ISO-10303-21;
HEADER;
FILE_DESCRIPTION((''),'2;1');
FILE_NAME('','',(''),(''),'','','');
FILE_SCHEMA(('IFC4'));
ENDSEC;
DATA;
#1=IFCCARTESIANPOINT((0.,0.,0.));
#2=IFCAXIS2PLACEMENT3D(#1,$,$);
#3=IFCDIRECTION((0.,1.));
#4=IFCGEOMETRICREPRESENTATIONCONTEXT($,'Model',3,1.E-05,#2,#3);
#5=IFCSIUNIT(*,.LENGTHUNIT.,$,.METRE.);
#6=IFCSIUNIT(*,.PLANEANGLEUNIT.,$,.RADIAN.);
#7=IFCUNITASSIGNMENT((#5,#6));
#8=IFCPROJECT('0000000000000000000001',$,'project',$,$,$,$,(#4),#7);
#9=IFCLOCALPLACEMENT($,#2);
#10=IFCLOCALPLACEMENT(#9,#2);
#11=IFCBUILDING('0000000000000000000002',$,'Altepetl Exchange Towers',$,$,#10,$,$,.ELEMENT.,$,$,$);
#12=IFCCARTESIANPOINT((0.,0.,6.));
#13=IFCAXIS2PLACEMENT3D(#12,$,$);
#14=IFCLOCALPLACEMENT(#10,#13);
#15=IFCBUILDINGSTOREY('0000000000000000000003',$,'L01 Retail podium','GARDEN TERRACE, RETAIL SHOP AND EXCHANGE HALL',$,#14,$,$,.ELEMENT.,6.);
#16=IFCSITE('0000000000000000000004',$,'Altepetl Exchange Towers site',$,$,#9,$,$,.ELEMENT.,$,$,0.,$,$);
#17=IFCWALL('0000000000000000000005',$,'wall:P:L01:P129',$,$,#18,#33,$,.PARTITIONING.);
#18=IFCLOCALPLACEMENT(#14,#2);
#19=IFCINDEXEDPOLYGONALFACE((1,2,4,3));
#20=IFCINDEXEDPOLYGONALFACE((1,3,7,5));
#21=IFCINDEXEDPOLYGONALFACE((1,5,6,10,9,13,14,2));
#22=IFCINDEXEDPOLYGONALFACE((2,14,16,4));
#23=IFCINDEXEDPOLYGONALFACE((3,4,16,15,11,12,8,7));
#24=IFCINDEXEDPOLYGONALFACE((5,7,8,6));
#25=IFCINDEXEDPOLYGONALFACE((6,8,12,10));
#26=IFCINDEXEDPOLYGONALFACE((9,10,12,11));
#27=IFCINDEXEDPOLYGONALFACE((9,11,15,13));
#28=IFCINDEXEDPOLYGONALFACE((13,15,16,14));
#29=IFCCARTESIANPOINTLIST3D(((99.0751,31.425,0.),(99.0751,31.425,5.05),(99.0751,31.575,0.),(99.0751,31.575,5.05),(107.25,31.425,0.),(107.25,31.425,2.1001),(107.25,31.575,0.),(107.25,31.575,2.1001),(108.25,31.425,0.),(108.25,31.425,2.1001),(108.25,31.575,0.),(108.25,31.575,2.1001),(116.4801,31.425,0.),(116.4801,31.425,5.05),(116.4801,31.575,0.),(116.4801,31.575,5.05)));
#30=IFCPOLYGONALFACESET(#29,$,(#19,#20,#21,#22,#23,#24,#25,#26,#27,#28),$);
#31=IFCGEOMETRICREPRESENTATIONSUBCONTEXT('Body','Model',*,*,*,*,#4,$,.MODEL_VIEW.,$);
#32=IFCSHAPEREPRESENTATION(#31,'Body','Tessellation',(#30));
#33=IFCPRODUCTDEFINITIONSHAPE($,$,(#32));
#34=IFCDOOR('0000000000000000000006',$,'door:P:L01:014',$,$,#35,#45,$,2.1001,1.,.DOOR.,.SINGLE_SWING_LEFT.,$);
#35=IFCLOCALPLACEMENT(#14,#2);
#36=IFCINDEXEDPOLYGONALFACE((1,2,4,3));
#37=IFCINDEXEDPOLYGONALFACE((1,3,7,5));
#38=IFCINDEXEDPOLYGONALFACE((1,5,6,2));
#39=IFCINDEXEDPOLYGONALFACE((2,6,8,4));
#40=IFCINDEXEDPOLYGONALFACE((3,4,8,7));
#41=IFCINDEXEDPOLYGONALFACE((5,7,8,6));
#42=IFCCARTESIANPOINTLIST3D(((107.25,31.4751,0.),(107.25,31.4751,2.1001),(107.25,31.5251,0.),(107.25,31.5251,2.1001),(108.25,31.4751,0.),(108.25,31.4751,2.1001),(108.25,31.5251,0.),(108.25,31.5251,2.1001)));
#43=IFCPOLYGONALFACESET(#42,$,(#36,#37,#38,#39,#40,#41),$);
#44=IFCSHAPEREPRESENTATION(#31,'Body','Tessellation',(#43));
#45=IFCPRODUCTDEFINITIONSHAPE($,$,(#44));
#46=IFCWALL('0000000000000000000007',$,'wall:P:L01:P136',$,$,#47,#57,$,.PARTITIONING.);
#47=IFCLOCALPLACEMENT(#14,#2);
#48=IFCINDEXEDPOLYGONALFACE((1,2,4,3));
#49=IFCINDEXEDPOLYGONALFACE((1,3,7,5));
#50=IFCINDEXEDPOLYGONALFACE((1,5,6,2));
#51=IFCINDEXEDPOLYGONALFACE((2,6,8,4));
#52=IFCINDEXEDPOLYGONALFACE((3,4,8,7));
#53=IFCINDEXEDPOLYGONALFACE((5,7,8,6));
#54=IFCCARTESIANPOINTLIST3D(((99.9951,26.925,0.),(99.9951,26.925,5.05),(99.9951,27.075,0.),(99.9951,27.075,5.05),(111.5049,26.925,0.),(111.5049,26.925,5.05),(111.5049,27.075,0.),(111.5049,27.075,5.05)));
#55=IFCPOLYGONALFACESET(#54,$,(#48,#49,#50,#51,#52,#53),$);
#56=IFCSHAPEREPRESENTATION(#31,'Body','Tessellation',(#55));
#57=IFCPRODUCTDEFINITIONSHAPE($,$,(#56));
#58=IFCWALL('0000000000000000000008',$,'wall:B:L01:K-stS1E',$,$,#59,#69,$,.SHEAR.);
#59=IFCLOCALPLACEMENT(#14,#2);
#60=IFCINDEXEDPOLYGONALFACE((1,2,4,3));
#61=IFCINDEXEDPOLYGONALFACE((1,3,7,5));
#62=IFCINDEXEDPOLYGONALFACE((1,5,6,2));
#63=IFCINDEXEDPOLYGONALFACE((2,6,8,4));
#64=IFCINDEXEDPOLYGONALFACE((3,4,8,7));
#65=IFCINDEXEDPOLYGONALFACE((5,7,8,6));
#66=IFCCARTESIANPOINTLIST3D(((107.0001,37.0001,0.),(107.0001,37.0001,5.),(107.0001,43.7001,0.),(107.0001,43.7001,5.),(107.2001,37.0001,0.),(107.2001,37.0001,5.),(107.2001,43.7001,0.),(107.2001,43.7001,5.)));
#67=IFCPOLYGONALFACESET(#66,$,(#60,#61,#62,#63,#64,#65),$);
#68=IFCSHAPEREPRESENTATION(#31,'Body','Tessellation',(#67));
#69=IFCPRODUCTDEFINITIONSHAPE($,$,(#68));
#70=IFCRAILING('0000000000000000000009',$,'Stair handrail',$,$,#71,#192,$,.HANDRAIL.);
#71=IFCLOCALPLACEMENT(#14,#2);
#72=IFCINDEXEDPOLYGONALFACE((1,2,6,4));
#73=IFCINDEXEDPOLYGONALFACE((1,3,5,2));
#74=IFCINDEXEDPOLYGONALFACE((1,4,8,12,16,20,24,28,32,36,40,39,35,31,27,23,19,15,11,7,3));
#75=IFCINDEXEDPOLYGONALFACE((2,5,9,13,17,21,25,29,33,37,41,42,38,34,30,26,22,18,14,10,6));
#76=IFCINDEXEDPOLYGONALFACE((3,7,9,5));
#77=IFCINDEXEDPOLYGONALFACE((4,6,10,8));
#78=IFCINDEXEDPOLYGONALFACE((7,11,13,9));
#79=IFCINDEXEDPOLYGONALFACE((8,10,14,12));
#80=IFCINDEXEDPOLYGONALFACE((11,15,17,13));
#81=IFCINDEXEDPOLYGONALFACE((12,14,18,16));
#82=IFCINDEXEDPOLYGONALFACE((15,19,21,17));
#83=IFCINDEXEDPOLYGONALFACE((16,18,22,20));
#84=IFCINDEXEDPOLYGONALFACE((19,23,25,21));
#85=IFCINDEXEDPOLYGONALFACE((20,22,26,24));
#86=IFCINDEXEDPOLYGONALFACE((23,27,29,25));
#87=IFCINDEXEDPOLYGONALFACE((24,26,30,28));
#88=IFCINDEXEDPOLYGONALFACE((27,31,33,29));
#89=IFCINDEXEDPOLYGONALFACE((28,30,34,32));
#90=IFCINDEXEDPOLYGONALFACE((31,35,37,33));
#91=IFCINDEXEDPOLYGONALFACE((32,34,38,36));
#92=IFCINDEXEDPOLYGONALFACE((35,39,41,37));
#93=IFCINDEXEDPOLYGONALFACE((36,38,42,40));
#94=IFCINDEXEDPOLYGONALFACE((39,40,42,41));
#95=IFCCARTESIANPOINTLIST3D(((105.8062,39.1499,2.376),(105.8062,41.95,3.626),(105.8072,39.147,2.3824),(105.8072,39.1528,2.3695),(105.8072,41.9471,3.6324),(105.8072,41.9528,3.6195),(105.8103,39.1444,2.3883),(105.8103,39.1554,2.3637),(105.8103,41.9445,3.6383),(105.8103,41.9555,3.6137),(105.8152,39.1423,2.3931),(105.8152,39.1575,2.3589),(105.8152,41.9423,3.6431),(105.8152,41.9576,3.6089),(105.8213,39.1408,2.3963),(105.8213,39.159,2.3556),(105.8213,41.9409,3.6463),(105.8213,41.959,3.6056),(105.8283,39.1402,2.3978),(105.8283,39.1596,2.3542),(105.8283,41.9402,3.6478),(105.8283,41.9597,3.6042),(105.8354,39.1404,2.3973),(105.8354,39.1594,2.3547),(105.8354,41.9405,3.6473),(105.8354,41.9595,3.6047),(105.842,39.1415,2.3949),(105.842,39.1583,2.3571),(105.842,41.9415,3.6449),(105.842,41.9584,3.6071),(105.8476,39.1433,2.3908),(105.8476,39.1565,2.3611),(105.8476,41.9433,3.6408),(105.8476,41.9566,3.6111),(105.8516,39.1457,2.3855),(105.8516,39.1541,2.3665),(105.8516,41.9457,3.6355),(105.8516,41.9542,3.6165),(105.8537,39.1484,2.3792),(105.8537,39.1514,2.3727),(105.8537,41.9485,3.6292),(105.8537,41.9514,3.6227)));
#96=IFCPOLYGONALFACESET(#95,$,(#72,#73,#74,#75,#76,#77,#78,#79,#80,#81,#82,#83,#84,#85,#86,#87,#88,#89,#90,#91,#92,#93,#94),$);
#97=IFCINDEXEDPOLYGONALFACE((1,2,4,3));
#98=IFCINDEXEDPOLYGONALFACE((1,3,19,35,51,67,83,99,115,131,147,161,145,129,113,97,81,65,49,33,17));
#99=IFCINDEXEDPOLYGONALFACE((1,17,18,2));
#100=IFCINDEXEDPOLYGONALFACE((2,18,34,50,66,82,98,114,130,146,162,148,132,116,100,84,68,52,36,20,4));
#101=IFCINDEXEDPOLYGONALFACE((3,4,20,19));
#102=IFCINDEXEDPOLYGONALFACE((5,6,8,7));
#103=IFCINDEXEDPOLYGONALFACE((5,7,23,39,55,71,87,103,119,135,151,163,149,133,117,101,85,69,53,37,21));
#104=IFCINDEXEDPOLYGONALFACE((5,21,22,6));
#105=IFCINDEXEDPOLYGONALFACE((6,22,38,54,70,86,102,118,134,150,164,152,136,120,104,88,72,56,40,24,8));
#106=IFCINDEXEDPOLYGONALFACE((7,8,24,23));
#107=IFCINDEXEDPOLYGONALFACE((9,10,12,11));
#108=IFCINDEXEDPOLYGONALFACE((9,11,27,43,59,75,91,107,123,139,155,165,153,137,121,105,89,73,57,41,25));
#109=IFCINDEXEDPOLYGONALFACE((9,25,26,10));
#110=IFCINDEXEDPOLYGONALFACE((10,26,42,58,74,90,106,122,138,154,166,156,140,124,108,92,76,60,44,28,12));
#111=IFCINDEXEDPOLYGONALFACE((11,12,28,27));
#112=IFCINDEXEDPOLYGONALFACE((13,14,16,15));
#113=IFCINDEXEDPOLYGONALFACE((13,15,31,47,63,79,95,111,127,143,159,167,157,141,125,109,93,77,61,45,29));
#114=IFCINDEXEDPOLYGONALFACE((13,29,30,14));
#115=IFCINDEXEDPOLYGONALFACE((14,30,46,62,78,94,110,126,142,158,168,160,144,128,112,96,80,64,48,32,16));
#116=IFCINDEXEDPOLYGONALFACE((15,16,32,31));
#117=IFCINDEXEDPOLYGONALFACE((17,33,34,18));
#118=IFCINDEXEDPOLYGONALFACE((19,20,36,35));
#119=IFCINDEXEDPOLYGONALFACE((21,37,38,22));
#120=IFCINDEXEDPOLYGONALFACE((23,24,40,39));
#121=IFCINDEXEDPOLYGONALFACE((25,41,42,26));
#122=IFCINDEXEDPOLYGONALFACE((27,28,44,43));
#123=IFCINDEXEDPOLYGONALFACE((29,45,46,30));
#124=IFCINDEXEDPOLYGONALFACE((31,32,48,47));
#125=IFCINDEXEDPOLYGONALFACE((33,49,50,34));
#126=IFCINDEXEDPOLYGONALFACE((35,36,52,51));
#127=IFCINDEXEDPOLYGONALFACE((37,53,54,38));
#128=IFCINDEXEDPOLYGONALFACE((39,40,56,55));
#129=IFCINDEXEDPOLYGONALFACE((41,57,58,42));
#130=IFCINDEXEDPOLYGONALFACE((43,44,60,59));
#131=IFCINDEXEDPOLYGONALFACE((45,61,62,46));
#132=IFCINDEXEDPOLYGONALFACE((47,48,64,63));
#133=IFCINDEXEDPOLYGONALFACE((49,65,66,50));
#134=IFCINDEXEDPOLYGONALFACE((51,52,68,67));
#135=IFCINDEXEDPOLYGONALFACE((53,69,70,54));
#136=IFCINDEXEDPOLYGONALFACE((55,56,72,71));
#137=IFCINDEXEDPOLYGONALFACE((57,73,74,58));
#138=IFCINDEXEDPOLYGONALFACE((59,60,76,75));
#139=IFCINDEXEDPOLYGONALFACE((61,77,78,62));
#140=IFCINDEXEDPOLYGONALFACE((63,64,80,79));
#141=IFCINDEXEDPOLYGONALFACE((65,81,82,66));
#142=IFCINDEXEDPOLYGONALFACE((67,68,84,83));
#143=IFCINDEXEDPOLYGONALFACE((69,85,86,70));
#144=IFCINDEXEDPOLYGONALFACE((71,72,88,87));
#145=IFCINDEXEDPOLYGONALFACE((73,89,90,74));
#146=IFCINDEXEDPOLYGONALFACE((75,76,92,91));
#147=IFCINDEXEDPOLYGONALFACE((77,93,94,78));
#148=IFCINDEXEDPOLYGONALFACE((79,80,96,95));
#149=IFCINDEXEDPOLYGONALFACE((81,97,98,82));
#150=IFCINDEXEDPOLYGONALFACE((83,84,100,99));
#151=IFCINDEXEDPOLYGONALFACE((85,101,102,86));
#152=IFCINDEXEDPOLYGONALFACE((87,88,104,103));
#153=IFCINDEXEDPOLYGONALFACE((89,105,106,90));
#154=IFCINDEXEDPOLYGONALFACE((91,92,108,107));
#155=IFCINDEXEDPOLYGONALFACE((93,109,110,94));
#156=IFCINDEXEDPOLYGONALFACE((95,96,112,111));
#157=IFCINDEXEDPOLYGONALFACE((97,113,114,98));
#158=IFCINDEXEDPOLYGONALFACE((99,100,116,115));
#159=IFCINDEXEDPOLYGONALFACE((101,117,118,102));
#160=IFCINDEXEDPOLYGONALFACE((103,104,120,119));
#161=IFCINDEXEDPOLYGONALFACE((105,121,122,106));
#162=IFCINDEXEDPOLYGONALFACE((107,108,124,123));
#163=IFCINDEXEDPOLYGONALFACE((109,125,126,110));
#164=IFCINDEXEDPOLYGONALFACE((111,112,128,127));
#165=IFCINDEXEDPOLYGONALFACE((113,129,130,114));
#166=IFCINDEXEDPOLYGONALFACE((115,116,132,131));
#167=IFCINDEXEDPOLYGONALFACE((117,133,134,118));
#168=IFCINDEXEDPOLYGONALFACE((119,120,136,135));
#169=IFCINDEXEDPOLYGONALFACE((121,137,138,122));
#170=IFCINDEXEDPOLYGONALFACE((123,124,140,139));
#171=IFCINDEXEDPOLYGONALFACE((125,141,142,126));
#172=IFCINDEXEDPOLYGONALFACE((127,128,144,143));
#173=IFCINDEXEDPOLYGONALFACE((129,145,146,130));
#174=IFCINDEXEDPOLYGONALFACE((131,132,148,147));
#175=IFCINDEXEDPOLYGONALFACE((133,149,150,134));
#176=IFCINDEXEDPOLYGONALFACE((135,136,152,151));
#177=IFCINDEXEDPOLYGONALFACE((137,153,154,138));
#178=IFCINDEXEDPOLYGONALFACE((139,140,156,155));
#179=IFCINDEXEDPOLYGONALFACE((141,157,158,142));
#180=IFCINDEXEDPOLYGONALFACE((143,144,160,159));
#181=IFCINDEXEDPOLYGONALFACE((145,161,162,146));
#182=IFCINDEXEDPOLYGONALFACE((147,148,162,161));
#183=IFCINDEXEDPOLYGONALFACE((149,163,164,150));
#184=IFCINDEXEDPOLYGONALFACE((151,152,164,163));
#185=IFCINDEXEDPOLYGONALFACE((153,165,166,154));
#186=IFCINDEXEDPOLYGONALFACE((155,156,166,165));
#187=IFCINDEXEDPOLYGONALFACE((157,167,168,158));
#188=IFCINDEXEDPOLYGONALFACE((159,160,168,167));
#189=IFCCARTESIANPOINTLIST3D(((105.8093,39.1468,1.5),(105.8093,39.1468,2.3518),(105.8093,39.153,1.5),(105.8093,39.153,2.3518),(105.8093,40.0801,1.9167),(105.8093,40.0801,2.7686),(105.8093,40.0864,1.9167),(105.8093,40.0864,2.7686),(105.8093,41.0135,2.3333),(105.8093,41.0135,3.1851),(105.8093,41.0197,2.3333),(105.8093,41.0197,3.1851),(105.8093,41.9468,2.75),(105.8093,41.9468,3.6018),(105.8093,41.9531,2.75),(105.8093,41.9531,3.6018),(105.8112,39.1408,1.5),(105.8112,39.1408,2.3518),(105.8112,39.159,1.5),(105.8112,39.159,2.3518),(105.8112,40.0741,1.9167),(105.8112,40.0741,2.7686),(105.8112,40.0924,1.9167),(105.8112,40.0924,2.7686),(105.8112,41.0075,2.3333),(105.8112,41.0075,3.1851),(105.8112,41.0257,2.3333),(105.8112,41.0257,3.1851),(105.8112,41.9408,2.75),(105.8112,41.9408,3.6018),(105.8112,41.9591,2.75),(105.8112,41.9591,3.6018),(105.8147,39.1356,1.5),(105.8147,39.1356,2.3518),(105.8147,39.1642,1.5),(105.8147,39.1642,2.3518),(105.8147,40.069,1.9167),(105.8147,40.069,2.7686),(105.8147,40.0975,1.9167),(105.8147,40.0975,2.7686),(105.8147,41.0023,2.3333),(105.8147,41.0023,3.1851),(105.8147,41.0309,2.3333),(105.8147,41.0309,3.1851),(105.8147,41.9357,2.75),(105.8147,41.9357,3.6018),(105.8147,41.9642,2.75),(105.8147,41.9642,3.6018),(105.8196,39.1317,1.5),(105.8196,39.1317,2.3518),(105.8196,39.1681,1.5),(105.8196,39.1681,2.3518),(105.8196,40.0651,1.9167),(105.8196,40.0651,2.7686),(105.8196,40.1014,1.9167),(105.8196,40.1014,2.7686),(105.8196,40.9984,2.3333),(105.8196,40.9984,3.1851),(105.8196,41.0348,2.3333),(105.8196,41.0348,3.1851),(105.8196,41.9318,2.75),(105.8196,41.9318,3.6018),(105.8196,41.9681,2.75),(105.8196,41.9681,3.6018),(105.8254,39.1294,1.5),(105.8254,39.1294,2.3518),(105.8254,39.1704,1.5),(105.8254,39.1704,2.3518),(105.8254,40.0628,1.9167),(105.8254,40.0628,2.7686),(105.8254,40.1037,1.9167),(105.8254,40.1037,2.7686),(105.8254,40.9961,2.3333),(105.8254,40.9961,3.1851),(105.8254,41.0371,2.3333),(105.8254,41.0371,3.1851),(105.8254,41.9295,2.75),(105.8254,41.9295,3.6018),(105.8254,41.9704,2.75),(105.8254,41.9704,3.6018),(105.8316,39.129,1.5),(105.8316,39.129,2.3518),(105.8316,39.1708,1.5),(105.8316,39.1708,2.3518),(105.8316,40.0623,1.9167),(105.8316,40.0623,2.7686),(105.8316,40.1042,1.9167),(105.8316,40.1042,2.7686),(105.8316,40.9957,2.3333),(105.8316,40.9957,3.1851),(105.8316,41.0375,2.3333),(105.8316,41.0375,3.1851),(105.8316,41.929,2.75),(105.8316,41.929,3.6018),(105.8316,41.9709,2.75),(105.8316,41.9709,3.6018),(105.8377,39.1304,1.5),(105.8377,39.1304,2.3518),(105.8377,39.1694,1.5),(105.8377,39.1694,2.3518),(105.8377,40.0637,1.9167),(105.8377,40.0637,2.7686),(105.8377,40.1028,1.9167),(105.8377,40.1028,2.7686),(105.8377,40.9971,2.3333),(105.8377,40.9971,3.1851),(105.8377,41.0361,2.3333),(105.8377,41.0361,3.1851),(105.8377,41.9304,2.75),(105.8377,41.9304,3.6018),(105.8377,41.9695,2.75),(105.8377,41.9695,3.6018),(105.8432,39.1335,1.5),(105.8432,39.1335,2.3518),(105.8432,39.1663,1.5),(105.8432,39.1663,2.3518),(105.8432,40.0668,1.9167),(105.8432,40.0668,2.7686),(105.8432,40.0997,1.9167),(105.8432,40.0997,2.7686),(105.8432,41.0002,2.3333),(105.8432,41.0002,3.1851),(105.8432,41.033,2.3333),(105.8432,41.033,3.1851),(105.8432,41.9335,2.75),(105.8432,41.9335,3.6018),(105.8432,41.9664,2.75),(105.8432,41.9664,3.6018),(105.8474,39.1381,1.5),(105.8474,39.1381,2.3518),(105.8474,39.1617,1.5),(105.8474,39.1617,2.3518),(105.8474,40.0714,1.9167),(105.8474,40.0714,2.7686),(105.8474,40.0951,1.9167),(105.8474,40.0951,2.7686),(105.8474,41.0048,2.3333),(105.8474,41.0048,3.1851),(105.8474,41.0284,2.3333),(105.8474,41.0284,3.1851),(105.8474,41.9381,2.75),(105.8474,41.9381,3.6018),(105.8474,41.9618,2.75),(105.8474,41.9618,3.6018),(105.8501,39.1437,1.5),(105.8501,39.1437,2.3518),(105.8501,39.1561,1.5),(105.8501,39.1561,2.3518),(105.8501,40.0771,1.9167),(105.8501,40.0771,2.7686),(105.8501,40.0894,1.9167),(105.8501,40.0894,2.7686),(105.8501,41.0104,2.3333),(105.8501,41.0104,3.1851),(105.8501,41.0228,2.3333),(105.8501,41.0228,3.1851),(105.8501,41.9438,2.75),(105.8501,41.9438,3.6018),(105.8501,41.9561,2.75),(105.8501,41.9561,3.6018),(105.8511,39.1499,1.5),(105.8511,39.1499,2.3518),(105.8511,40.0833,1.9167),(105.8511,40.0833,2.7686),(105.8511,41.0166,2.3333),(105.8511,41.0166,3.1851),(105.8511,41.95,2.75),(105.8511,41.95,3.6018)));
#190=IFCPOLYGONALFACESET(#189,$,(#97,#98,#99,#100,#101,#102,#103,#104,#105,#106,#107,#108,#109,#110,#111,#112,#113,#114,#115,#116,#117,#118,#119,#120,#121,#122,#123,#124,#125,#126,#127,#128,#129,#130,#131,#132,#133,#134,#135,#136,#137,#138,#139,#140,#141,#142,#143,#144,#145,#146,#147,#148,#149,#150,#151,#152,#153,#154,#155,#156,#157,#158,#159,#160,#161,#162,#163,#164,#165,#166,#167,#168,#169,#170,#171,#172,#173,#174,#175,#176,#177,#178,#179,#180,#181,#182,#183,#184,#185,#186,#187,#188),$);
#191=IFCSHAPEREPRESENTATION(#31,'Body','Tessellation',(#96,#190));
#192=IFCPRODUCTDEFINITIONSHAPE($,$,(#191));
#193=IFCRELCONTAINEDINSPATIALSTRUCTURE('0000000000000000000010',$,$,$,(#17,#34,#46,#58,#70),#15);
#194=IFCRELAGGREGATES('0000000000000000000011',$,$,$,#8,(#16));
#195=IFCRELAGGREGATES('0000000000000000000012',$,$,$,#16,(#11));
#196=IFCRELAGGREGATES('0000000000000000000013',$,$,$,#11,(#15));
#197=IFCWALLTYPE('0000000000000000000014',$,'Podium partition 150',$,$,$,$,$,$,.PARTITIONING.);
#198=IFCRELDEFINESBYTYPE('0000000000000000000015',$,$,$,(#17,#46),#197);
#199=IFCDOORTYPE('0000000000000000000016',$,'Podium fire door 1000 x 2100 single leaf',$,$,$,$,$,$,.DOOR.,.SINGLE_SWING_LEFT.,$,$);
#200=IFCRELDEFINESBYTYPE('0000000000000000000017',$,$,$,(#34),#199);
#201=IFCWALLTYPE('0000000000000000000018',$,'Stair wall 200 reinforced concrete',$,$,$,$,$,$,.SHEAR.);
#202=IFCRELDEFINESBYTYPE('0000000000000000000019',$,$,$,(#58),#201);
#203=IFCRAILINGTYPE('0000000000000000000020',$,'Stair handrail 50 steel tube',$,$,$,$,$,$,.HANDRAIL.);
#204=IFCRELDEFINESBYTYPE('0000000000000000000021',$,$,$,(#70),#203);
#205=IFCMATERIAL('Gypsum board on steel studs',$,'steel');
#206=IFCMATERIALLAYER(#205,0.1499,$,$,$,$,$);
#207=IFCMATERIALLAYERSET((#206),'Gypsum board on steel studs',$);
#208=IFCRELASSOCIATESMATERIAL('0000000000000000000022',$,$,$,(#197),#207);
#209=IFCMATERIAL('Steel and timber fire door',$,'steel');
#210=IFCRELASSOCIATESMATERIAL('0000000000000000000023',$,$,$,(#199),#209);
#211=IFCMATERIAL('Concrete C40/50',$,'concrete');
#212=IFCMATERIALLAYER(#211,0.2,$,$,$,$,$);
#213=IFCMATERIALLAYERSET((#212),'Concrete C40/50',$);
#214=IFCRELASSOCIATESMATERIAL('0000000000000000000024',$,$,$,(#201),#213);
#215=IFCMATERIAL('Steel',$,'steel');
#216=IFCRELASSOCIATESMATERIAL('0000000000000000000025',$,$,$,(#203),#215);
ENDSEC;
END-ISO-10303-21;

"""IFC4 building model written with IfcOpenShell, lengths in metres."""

from ifc_helpers import new_model, si_unit, direction, frame, frame_2d, origin, origin_2d, place, context, subcontext, project, spatial, rectangle, circle, extrude, source, transform, mapped, material, layer, layer_set, type_object, element, fill, save


model = new_model("IFC4")

# Units and contexts
model_context = context("Model", 3, precision=1e-05, world=origin(), true_north=direction((0.0, 1.0)))
body_context = subcontext(model_context, "Body", "Model", "MODEL_VIEW")
ifc_project = project(units=[si_unit("LENGTHUNIT", "METRE"), si_unit("PLANEANGLEUNIT", "RADIAN")], contexts=[model_context])

# Site, building, storey
site_placement = place(None, origin())
site = spatial("IfcSite", under=ifc_project, at=site_placement, Name="Altepetl Exchange Towers site", CompositionType="ELEMENT", RefElevation=0.0)
building_placement = place(site_placement, origin())
building = spatial("IfcBuilding", under=site, at=building_placement, Name="Altepetl Exchange Towers", CompositionType="ELEMENT")
storey_placement = place(building_placement, frame((0.0, 0.0, 6.0)))
storey = spatial("IfcBuildingStorey", under=building, at=storey_placement, Name="L01 Retail podium", Description="GARDEN TERRACE, RETAIL SHOP AND EXCHANGE HALL", CompositionType="ELEMENT", Elevation=6.0)

# Shared definitions
ifc_material_1 = material(Name="Steel and timber fire door", Category="steel")

# Shared definitions
ifc_material_2 = material(Name="Gypsum board on steel studs", Category="steel")
ifc_layer_1 = layer(ifc_material_2, 0.1499)
ifc_layer_set_1 = layer_set([ifc_layer_1], Name="Gypsum board on steel studs")
wall_type_1 = type_object("IfcWallType", Name="Podium partition 150", PredefinedType="PARTITIONING", material=ifc_layer_set_1)

# Wall, opening, door
wall_1_placement = place(storey_placement, frame((99.075, 31.5, 0.0)))
wall_1 = element("IfcWall", 1, at=wall_1_placement, inside=storey, type_object=wall_type_1, Name="wall:P:L01:P129", PredefinedType="PARTITIONING", context=body_context, shape_type="SweptSolid", body=[
    extrude(rectangle(XDim=17.405, YDim=0.1499, at=frame_2d((8.7026, 0.0))), origin(), (0.0, 0.0, 1.0), 5.05),
])
opening_1_placement = place(wall_1_placement, frame((8.175, 0.0, 0.0)))
opening_1 = element("IfcOpeningElement", 2, at=opening_1_placement, cuts=wall_1, PredefinedType="OPENING", context=body_context, shape_type="SweptSolid", body=[
    extrude(rectangle(XDim=1.0, YDim=2.1001, at=frame_2d((0.5, 1.05))), frame((0.0, 0.085, 0.0), z_axis=(0.0, -1.0, 0.0), x_axis=(1.0, 0.0, 0.0)), (0.0, 0.0, 1.0), 0.1699),
])
door_type_1 = type_object("IfcDoorType", Name="Podium fire door 1000 x 2100 single leaf", OperationType="SINGLE_SWING_LEFT", PredefinedType="DOOR", material=ifc_material_1)
door_1_placement = place(opening_1_placement, frame((1.0, 0.0, 0.0), x_axis=(-1.0, 0.0, 0.0)))
door_1 = element("IfcDoor", 3, at=door_1_placement, inside=storey, type_object=door_type_1, Name="door:P:L01:014", OperationType="SINGLE_SWING_LEFT", OverallHeight=2.1001, OverallWidth=1.0, PredefinedType="DOOR", context=body_context, shape_type="SweptSolid", body=[
    extrude(rectangle(XDim=1.0, YDim=2.1001, at=frame_2d((0.5, 1.05))), frame((0.0, 0.0249, 0.0), z_axis=(0.0, -1.0, 0.0), x_axis=(1.0, 0.0, 0.0)), (0.0, 0.0, 1.0), 0.05),
])
fill(opening_1, door_1)

# Walls
wall_2_placement = place(storey_placement, frame((99.9951, 27.0, 0.0)))
element("IfcWall", 4, at=wall_2_placement, inside=storey, type_object=wall_type_1, Name="wall:P:L01:P136", PredefinedType="PARTITIONING", context=body_context, shape_type="SweptSolid", body=[
    extrude(rectangle(XDim=11.5098, YDim=0.1499, at=frame_2d((5.7549, 0.0))), origin(), (0.0, 0.0, 1.0), 5.05),
])
ifc_material_3 = material(Name="Concrete C40/50", Category="concrete")
ifc_layer_2 = layer(ifc_material_3, 0.2)
ifc_layer_set_2 = layer_set([ifc_layer_2], Name="Concrete C40/50")
wall_type_2 = type_object("IfcWallType", Name="Stair wall 200 reinforced concrete", PredefinedType="SHEAR", material=ifc_layer_set_2)
wall_3_placement = place(storey_placement, frame((107.1001, 37.0, 0.0), z_axis=(0.0, 0.0, 1.0), x_axis=(0.0, 1.0, 0.0)))
element("IfcWall", 5, at=wall_3_placement, inside=storey, type_object=wall_type_2, Name="wall:B:L01:K-stS1E", PredefinedType="SHEAR", context=body_context, shape_type="SweptSolid", body=[
    extrude(rectangle(XDim=6.7, YDim=0.2, at=frame_2d((3.3501, 0.0))), origin(), (0.0, 0.0, 1.0), 5.0),
])

# Railing
ifc_material_4 = material(Name="Steel", Category="steel")
railing_type = type_object("IfcRailingType", Name="Stair handrail 50 steel tube", PredefinedType="HANDRAIL", material=ifc_material_4)
shared_shape = source(origin(), body_context, "Body", "SweptSolid", [
    extrude(circle(Radius=0.021, at=origin_2d()), origin(), (0.0, 0.0, 1.0), 0.8518),
])
railing_placement = place(storey_placement, frame((105.8301, 39.1499, 1.5)))
element("IfcRailing", 6, at=railing_placement, inside=storey, type_object=railing_type, Name="Stair handrail", PredefinedType="HANDRAIL", context=body_context, shape_type="SweptSolid", body=[
    extrude(circle(Radius=0.0239, at=origin_2d()), frame((0.0, 0.0, 0.876), z_axis=(0.0, 0.913141, 0.407645), x_axis=(-1.0, 0.0, 0.0)), (0.0, 0.0, 1.0), 3.0664),
    mapped(shared_shape, transform((0.0, 0.0, 0.0))),
    mapped(shared_shape, transform((0.0, 0.9333, 0.4167))),
    mapped(shared_shape, transform((0.0, 1.8667, 0.8333))),
    mapped(shared_shape, transform((0.0, 2.8, 1.25))),
])

save(model, "model.ifc")
